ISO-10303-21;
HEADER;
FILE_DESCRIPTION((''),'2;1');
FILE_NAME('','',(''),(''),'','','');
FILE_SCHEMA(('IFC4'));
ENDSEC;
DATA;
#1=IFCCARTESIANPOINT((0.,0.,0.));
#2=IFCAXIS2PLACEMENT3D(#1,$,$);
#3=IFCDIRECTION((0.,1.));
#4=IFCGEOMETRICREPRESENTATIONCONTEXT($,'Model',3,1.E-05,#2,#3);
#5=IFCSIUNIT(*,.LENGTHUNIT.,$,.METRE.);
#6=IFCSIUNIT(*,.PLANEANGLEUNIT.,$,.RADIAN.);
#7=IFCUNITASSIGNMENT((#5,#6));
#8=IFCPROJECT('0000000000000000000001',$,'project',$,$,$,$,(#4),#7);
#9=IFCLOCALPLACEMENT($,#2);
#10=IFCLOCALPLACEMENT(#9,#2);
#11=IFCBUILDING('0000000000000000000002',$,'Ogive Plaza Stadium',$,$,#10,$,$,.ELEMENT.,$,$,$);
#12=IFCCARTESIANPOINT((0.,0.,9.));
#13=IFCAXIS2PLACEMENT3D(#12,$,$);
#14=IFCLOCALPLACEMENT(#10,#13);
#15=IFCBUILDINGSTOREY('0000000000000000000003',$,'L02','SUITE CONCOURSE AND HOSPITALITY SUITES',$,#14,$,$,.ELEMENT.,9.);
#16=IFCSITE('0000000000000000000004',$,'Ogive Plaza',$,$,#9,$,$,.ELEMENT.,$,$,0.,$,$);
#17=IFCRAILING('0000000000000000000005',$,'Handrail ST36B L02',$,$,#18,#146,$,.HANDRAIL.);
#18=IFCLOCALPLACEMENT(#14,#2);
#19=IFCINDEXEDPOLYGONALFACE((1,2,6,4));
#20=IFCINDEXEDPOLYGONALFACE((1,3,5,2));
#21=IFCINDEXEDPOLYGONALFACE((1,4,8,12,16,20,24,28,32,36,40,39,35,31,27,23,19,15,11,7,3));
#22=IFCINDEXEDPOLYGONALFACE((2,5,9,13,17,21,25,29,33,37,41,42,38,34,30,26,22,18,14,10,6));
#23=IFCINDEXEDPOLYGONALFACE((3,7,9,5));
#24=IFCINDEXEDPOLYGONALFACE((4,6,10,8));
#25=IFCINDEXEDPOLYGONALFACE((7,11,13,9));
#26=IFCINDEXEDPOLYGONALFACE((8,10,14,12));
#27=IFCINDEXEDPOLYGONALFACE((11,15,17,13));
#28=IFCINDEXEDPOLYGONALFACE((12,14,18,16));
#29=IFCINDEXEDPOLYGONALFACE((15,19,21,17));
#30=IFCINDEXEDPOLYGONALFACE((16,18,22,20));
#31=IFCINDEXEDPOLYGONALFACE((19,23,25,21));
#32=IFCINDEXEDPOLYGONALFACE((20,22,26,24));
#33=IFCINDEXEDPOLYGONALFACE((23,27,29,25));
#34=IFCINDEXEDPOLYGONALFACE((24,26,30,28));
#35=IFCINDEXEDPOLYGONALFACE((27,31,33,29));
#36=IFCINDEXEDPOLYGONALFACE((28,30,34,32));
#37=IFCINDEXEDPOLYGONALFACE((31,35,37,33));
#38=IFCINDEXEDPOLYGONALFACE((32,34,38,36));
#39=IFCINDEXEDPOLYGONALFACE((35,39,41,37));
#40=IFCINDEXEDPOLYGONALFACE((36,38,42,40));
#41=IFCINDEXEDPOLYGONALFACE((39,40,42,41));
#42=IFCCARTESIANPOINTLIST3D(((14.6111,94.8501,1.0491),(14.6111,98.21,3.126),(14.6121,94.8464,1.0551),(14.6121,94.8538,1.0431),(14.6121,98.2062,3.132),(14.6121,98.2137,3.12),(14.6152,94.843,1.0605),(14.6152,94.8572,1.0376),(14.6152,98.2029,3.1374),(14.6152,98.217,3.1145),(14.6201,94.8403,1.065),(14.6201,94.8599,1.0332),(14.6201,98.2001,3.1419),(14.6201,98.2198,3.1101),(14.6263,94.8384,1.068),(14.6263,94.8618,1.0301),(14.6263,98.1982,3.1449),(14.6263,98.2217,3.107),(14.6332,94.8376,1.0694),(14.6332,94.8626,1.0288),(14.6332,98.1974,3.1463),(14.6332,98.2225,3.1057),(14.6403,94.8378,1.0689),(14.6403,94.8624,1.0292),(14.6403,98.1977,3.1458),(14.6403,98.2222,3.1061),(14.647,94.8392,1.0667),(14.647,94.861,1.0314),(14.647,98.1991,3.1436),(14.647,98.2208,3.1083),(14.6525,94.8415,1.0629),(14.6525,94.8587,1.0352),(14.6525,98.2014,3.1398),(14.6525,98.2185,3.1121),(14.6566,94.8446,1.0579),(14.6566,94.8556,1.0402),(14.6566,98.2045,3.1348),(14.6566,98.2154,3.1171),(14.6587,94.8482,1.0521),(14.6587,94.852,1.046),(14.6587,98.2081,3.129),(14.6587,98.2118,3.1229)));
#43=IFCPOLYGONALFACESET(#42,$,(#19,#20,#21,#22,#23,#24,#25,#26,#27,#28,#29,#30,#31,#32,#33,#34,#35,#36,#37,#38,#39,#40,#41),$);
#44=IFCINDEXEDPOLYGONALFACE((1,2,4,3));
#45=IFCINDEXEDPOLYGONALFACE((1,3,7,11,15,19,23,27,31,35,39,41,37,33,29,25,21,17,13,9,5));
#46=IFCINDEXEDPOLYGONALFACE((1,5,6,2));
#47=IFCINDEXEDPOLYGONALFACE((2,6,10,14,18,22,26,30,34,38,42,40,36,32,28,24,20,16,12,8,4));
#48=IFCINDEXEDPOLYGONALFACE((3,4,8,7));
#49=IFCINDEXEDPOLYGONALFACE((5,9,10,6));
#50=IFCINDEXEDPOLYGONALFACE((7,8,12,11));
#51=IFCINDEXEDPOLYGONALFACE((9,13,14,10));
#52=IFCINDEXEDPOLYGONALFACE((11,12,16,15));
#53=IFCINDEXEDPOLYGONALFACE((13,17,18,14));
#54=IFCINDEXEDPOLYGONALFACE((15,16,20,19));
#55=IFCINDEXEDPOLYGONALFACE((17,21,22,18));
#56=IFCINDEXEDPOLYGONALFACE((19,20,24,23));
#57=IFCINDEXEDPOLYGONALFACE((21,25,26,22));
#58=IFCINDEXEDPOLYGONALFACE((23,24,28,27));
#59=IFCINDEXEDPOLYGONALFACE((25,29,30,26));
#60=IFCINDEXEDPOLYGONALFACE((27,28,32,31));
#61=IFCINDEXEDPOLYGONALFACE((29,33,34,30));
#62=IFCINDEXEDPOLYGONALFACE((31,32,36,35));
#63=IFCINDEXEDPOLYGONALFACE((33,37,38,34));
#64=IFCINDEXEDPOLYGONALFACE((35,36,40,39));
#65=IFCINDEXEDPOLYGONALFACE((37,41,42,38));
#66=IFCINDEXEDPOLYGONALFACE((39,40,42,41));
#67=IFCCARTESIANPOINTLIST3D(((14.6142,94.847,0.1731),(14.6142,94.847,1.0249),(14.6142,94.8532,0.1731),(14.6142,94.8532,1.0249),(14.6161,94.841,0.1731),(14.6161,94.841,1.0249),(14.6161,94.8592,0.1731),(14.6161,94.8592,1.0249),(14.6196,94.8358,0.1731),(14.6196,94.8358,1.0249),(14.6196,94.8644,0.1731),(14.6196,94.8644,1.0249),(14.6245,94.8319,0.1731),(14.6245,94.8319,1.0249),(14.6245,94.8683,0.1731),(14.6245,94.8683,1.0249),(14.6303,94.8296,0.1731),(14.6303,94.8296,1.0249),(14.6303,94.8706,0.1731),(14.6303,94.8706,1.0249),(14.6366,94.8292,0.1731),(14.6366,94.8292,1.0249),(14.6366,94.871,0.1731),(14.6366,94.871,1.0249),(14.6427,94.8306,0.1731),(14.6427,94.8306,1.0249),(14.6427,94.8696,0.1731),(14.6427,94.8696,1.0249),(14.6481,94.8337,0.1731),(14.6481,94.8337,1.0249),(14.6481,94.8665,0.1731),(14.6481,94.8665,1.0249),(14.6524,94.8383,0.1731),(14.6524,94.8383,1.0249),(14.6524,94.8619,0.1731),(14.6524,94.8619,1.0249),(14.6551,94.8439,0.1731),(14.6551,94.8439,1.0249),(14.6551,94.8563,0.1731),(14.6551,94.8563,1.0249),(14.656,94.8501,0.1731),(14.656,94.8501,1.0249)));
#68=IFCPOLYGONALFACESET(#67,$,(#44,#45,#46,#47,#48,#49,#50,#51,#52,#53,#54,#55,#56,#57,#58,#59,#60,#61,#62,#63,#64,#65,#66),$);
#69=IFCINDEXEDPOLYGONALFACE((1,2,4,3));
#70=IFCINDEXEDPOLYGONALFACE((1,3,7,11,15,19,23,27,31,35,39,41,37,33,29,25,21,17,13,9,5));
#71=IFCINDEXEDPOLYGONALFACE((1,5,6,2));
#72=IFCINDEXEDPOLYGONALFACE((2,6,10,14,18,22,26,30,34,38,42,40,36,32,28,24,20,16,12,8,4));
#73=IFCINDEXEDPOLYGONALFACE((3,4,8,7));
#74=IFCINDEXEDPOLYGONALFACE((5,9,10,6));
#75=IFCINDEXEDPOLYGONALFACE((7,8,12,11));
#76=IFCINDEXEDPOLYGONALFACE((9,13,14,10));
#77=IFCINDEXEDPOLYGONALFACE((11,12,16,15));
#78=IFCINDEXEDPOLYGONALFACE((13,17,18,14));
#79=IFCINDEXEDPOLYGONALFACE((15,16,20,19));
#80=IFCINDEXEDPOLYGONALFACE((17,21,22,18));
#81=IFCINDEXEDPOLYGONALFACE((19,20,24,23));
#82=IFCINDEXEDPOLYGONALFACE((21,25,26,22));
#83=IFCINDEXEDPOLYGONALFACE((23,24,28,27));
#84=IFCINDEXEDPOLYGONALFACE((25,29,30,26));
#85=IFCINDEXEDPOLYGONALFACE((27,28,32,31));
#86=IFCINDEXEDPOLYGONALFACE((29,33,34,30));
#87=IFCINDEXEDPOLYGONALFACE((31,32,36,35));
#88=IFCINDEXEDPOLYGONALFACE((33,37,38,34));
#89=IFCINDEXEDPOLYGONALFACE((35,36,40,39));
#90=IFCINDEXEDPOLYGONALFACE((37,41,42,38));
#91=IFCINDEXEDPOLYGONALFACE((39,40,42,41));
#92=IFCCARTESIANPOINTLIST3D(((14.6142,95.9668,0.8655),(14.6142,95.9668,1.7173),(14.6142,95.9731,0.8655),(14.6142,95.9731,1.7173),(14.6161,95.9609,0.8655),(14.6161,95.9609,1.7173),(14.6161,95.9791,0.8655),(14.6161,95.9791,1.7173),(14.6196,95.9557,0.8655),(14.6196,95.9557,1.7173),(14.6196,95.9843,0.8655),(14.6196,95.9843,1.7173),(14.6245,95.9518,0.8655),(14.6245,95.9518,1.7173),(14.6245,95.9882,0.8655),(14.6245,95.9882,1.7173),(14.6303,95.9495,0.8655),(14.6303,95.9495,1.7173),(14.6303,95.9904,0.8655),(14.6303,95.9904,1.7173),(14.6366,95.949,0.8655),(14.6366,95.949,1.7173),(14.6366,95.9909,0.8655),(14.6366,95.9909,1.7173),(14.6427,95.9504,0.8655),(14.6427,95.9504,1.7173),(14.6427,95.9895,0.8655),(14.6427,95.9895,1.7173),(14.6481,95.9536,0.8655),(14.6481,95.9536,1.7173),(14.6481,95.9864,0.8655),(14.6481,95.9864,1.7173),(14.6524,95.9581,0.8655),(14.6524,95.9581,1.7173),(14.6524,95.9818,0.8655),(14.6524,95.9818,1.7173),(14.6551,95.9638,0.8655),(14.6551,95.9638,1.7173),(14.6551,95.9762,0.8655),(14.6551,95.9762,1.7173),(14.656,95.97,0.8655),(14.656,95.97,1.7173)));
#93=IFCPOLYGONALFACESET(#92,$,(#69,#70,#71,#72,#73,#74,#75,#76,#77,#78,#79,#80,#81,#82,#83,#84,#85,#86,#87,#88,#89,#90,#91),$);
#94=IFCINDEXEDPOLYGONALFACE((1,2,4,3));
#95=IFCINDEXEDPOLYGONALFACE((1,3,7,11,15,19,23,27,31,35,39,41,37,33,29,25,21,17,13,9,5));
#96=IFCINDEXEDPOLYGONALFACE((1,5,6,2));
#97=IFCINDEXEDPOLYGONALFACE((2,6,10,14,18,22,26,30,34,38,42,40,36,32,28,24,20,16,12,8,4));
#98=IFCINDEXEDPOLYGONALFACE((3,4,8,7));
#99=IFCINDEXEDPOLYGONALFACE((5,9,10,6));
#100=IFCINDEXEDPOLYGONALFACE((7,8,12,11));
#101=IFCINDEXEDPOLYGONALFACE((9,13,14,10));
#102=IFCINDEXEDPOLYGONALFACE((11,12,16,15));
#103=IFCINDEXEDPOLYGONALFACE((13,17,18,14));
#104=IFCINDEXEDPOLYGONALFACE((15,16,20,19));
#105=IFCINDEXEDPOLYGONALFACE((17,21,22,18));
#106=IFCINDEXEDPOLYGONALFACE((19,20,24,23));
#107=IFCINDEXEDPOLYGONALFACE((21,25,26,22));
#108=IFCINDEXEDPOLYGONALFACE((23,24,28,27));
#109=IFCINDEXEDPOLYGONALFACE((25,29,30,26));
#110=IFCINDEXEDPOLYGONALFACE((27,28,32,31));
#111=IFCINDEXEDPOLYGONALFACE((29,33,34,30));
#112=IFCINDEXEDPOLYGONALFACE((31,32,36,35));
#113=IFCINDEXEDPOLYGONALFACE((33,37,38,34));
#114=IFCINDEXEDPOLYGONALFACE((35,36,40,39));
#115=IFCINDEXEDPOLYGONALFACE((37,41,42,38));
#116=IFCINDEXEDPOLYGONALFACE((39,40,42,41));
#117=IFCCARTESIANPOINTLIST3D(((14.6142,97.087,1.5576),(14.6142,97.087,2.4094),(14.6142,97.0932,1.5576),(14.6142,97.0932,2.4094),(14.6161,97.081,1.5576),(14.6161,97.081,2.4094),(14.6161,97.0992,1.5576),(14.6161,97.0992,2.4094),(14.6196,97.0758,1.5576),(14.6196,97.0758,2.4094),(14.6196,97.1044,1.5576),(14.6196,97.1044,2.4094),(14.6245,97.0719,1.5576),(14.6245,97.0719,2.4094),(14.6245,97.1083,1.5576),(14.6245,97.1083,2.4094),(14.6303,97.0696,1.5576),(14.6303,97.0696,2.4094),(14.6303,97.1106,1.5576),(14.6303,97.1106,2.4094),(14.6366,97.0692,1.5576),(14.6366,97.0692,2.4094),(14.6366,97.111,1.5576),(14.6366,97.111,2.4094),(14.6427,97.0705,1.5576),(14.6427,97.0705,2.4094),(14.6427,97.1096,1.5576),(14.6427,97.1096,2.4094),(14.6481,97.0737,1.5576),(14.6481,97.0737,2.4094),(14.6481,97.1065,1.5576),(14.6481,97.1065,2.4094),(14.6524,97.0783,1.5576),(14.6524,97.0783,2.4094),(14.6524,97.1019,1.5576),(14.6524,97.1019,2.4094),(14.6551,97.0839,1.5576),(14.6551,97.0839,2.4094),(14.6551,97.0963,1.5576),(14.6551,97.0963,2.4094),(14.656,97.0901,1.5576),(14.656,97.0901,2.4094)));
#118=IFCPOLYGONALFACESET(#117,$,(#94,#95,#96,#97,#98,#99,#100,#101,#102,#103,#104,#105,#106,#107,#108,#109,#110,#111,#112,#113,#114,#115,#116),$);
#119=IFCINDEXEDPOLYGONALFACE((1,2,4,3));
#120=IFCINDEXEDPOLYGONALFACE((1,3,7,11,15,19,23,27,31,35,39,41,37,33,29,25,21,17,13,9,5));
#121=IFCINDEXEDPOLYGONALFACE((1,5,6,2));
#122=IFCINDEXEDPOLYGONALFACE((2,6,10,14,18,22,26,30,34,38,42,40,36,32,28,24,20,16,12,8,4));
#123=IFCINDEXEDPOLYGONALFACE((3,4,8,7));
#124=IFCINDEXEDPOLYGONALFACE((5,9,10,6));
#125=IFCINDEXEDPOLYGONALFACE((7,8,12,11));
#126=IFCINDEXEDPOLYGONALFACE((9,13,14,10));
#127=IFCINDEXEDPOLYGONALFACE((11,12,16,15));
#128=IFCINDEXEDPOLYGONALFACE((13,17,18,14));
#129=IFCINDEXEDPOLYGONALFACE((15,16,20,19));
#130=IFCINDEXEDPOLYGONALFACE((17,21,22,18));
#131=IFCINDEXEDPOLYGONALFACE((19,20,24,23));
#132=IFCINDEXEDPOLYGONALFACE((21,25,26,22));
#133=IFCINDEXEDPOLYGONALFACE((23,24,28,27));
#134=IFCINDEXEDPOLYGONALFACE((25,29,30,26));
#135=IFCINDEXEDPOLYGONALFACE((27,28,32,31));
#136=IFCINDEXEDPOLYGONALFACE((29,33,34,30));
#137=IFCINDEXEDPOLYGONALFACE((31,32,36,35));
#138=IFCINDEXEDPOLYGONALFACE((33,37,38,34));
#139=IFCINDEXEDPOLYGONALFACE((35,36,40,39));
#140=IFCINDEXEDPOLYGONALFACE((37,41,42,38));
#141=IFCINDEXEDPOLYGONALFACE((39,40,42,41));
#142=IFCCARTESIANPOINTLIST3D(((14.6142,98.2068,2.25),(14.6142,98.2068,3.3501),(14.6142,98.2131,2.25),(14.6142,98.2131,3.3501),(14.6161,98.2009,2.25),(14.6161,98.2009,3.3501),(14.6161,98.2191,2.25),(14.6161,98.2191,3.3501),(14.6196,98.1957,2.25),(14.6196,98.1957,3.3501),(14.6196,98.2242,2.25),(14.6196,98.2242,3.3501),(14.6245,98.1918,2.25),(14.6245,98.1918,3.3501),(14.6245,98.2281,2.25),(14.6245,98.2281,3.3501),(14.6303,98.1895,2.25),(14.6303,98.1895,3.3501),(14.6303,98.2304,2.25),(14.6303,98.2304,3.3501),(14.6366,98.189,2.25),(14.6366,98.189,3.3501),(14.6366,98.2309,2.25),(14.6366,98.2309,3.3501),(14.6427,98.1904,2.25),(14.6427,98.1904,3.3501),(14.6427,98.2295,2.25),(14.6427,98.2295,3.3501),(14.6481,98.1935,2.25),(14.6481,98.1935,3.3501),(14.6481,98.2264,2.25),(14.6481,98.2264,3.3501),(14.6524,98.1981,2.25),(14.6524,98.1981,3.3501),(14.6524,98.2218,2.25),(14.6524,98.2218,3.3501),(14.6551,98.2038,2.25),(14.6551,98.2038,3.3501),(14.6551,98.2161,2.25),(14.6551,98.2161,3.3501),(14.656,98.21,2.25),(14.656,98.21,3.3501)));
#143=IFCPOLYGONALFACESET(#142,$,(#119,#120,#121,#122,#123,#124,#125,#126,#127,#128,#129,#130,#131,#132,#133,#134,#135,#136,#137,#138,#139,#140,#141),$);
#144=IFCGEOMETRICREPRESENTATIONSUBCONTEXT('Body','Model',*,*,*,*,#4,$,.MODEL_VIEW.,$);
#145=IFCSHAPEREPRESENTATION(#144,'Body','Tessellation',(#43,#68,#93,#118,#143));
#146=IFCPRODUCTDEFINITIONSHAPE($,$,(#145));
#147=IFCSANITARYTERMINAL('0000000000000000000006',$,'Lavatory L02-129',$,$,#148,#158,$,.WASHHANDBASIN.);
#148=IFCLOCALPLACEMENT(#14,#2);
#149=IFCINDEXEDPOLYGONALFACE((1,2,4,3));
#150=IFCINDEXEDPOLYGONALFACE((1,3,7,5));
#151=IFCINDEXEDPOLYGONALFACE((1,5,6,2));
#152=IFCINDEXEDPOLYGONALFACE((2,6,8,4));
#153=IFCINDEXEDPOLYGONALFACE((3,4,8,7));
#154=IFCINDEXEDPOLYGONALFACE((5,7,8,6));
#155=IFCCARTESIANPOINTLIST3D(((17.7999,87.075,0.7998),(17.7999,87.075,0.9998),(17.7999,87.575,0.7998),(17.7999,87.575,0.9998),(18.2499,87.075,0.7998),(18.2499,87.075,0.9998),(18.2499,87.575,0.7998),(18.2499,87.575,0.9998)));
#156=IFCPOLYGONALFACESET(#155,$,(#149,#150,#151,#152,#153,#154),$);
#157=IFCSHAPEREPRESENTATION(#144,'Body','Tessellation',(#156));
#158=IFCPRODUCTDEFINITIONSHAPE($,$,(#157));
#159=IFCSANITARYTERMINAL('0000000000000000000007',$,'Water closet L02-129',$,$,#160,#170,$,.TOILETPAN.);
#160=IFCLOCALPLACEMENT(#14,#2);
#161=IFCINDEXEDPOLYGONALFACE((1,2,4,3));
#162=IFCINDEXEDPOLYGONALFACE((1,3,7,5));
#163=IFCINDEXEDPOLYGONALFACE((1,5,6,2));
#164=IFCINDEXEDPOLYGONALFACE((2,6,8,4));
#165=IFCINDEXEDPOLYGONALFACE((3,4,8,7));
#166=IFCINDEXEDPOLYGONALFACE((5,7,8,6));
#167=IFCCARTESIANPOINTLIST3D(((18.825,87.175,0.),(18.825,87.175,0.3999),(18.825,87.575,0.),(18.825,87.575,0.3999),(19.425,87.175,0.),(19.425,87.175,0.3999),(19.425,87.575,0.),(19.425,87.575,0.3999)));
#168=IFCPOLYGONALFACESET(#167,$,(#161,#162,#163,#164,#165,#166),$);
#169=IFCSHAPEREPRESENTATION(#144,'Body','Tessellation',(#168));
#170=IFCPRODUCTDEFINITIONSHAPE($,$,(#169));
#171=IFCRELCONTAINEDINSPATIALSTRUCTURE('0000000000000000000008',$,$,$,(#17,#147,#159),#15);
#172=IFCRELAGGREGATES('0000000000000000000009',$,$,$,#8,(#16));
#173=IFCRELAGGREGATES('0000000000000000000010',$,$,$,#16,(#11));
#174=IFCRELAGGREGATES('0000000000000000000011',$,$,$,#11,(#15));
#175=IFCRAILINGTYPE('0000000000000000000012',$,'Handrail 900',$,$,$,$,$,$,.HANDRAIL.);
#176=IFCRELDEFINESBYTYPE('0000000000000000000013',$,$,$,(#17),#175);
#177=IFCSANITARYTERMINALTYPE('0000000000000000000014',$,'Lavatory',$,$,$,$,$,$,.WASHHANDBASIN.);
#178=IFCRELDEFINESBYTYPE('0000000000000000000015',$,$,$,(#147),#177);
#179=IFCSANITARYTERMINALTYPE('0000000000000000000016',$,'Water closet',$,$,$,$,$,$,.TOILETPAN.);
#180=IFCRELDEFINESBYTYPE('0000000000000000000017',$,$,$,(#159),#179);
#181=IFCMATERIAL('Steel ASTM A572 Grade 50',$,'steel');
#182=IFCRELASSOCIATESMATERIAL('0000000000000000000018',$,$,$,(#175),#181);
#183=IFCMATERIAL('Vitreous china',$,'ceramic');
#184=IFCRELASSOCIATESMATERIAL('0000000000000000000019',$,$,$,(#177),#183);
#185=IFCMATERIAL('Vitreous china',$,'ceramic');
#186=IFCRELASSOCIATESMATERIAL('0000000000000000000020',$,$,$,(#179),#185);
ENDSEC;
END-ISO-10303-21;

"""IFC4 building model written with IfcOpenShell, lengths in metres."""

from ifc_helpers import new_model, si_unit, direction, frame, origin, origin_2d, place, context, subcontext, project, spatial, rectangle, circle, extrude, material, type_object, element, save


model = new_model("IFC4")

# Units and contexts
model_context = context("Model", 3, precision=1e-05, world=origin(), true_north=direction((0.0, 1.0)))
body_context = subcontext(model_context, "Body", "Model", "MODEL_VIEW")
ifc_project = project(units=[si_unit("LENGTHUNIT", "METRE"), si_unit("PLANEANGLEUNIT", "RADIAN")], contexts=[model_context])

# Site, building, storey
site_placement = place(None, origin())
site = spatial("IfcSite", under=ifc_project, at=site_placement, Name="Ogive Plaza", CompositionType="ELEMENT", RefElevation=0.0)
building_placement = place(site_placement, origin())
building = spatial("IfcBuilding", under=site, at=building_placement, Name="Ogive Plaza Stadium", CompositionType="ELEMENT")
storey_placement = place(building_placement, frame((0.0, 0.0, 9.0)))
storey = spatial("IfcBuildingStorey", under=building, at=storey_placement, Name="L02", Description="SUITE CONCOURSE AND HOSPITALITY SUITES", CompositionType="ELEMENT", Elevation=9.0)

# Railing
ifc_material_1 = material(Name="Steel ASTM A572 Grade 50", Category="steel")
railing_type_1 = type_object("IfcRailingType", Name="Handrail 900", PredefinedType="HANDRAIL", material=ifc_material_1)
for number, where, name in (
    (1, (14.635, 94.8501, 0.1731), "Handrail ST36B L02"),
):
    element("IfcRailing", number, at=place(storey_placement, frame(where)), inside=storey, type_object=railing_type_1, Name=name, PredefinedType="HANDRAIL", context=body_context, shape_type="SweptSolid", body=[
        extrude(circle(Radius=0.0239, at=origin_2d()), frame((0.0, 0.0, 0.876), z_axis=(0.0, 0.850606, 0.525803), x_axis=(-1.0, 0.0, 0.0)), (0.0, 0.0, 1.0), 3.95),
        extrude(circle(Radius=0.021, at=origin_2d()), origin(), (0.0, 0.0, 1.0), 0.8518),
        extrude(circle(Radius=0.021, at=origin_2d()), frame((0.0, 1.1199, 0.6924)), (0.0, 0.0, 1.0), 0.8518),
        extrude(circle(Radius=0.021, at=origin_2d()), frame((0.0, 2.24, 1.3845)), (0.0, 0.0, 1.0), 0.8518),
        extrude(circle(Radius=0.021, at=origin_2d()), frame((0.0, 3.3599, 2.0769)), (0.0, 0.0, 1.0), 1.1001),
    ])

# Sanitary terminals
ifc_material_2 = material(Name="Vitreous china", Category="ceramic")
sanitary_terminal_type_1 = type_object("IfcSanitaryTerminalType", Name="Lavatory", PredefinedType="WASHHANDBASIN", material=ifc_material_2)
sanitary_terminal_1_placement = place(storey_placement, frame((18.0249, 87.325, 0.7998), z_axis=(0.0, 0.0, 1.0), x_axis=(0.0, -1.0, 0.0)))
element("IfcSanitaryTerminal", 2, at=sanitary_terminal_1_placement, inside=storey, type_object=sanitary_terminal_type_1, Name="Lavatory L02-129", PredefinedType="WASHHANDBASIN", context=body_context, shape_type="SweptSolid", body=[
    extrude(rectangle(XDim=0.5, YDim=0.45, at=origin_2d()), origin(), (0.0, 0.0, 1.0), 0.2),
])
ifc_material_3 = material(Name="Vitreous china", Category="ceramic")
sanitary_terminal_type_2 = type_object("IfcSanitaryTerminalType", Name="Water closet", PredefinedType="TOILETPAN", material=ifc_material_3)
sanitary_terminal_2_placement = place(storey_placement, frame((19.125, 87.375, 0.0), z_axis=(0.0, 0.0, 1.0), x_axis=(0.0, -1.0, 0.0)))
element("IfcSanitaryTerminal", 3, at=sanitary_terminal_2_placement, inside=storey, type_object=sanitary_terminal_type_2, Name="Water closet L02-129", PredefinedType="TOILETPAN", context=body_context, shape_type="SweptSolid", body=[
    extrude(rectangle(XDim=0.3999, YDim=0.6001, at=origin_2d()), origin(), (0.0, 0.0, 1.0), 0.3999),
])

save(model, "model.ifc")
